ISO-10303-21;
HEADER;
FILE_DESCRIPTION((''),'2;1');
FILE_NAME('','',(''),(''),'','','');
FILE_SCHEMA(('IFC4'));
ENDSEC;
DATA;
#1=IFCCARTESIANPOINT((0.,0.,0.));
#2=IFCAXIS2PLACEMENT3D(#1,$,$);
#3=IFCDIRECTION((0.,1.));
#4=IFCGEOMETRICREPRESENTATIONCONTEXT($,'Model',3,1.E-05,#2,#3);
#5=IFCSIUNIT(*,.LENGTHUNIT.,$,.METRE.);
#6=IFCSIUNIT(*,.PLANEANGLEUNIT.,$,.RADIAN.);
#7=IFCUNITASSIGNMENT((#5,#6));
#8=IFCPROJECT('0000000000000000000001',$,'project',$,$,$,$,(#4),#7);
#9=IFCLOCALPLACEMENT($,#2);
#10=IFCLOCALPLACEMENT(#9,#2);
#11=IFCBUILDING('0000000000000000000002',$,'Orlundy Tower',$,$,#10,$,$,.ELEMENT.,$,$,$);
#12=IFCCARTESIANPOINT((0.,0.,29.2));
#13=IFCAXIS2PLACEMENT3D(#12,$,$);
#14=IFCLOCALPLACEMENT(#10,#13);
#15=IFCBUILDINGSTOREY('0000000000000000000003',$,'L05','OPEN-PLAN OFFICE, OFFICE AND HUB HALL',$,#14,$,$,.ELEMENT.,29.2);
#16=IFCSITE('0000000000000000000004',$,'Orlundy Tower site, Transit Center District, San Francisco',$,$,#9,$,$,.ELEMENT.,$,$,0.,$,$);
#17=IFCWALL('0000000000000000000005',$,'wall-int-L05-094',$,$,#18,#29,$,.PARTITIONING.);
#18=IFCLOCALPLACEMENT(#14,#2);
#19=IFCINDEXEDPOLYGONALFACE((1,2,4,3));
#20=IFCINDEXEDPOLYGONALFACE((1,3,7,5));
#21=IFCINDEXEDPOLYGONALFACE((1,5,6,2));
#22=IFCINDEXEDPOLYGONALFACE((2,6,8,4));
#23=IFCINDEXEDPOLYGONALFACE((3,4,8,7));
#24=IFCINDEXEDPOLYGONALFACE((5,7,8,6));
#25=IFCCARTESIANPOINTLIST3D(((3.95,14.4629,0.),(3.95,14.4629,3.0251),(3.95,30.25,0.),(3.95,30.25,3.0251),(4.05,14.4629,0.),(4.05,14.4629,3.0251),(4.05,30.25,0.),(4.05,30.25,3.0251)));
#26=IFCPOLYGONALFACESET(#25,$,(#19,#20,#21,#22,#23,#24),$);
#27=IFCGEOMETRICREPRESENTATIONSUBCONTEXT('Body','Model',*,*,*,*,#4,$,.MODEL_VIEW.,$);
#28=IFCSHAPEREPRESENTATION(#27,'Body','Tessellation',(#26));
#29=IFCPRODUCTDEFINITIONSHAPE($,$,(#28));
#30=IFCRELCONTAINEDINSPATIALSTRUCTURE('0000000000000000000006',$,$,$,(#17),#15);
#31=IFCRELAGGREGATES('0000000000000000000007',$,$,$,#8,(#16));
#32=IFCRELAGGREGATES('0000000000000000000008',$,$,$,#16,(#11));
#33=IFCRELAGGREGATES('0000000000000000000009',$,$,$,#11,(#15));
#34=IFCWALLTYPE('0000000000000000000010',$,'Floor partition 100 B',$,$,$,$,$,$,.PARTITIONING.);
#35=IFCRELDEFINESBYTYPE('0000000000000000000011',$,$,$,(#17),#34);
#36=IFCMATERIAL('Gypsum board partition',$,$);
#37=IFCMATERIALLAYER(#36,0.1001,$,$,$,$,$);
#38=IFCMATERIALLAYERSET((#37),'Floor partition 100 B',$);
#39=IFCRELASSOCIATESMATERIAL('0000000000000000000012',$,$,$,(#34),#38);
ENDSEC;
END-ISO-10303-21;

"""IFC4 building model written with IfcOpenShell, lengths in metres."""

from ifc_helpers import new_model, si_unit, direction, frame, frame_2d, origin, place, context, subcontext, project, spatial, rectangle, extrude, material, layer, layer_set, type_object, element, save


model = new_model("IFC4")

# Units and contexts
model_context = context("Model", 3, precision=1e-05, world=origin(), true_north=direction((0.0, 1.0)))
body_context = subcontext(model_context, "Body", "Model", "MODEL_VIEW")
ifc_project = project(units=[si_unit("LENGTHUNIT", "METRE"), si_unit("PLANEANGLEUNIT", "RADIAN")], contexts=[model_context])

# Site, building, storey
site_placement = place(None, origin())
site = spatial("IfcSite", under=ifc_project, at=site_placement, Name="Orlundy Tower site, Transit Center District, San Francisco", CompositionType="ELEMENT", RefElevation=0.0)
building_placement = place(site_placement, origin())
building = spatial("IfcBuilding", under=site, at=building_placement, Name="Orlundy Tower", CompositionType="ELEMENT")
storey_placement = place(building_placement, frame((0.0, 0.0, 29.2)))
storey = spatial("IfcBuildingStorey", under=building, at=storey_placement, Name="L05", Description="OPEN-PLAN OFFICE, OFFICE AND HUB HALL", CompositionType="ELEMENT", Elevation=29.2)

# Wall
ifc_material_1 = material(Name="Gypsum board partition")
ifc_layer_1 = layer(ifc_material_1, 0.1001)
ifc_layer_set_1 = layer_set([ifc_layer_1], Name="Floor partition 100 B")
wall_type = type_object("IfcWallType", Name="Floor partition 100 B", PredefinedType="PARTITIONING", material=ifc_layer_set_1)
wall_1_placement = place(storey_placement, frame((4.0, 14.4629, 0.0), z_axis=(0.0, 0.0, 1.0), x_axis=(0.0, 1.0, 0.0)))
element("IfcWall", 1, at=wall_1_placement, inside=storey, type_object=wall_type, Name="wall-int-L05-094", PredefinedType="PARTITIONING", context=body_context, shape_type="SweptSolid", body=[
    extrude(rectangle(XDim=15.7871, YDim=0.1001, at=frame_2d((7.8936, 0.0))), origin(), (0.0, 0.0, 1.0), 3.0251),
])

save(model, "model.ifc")
